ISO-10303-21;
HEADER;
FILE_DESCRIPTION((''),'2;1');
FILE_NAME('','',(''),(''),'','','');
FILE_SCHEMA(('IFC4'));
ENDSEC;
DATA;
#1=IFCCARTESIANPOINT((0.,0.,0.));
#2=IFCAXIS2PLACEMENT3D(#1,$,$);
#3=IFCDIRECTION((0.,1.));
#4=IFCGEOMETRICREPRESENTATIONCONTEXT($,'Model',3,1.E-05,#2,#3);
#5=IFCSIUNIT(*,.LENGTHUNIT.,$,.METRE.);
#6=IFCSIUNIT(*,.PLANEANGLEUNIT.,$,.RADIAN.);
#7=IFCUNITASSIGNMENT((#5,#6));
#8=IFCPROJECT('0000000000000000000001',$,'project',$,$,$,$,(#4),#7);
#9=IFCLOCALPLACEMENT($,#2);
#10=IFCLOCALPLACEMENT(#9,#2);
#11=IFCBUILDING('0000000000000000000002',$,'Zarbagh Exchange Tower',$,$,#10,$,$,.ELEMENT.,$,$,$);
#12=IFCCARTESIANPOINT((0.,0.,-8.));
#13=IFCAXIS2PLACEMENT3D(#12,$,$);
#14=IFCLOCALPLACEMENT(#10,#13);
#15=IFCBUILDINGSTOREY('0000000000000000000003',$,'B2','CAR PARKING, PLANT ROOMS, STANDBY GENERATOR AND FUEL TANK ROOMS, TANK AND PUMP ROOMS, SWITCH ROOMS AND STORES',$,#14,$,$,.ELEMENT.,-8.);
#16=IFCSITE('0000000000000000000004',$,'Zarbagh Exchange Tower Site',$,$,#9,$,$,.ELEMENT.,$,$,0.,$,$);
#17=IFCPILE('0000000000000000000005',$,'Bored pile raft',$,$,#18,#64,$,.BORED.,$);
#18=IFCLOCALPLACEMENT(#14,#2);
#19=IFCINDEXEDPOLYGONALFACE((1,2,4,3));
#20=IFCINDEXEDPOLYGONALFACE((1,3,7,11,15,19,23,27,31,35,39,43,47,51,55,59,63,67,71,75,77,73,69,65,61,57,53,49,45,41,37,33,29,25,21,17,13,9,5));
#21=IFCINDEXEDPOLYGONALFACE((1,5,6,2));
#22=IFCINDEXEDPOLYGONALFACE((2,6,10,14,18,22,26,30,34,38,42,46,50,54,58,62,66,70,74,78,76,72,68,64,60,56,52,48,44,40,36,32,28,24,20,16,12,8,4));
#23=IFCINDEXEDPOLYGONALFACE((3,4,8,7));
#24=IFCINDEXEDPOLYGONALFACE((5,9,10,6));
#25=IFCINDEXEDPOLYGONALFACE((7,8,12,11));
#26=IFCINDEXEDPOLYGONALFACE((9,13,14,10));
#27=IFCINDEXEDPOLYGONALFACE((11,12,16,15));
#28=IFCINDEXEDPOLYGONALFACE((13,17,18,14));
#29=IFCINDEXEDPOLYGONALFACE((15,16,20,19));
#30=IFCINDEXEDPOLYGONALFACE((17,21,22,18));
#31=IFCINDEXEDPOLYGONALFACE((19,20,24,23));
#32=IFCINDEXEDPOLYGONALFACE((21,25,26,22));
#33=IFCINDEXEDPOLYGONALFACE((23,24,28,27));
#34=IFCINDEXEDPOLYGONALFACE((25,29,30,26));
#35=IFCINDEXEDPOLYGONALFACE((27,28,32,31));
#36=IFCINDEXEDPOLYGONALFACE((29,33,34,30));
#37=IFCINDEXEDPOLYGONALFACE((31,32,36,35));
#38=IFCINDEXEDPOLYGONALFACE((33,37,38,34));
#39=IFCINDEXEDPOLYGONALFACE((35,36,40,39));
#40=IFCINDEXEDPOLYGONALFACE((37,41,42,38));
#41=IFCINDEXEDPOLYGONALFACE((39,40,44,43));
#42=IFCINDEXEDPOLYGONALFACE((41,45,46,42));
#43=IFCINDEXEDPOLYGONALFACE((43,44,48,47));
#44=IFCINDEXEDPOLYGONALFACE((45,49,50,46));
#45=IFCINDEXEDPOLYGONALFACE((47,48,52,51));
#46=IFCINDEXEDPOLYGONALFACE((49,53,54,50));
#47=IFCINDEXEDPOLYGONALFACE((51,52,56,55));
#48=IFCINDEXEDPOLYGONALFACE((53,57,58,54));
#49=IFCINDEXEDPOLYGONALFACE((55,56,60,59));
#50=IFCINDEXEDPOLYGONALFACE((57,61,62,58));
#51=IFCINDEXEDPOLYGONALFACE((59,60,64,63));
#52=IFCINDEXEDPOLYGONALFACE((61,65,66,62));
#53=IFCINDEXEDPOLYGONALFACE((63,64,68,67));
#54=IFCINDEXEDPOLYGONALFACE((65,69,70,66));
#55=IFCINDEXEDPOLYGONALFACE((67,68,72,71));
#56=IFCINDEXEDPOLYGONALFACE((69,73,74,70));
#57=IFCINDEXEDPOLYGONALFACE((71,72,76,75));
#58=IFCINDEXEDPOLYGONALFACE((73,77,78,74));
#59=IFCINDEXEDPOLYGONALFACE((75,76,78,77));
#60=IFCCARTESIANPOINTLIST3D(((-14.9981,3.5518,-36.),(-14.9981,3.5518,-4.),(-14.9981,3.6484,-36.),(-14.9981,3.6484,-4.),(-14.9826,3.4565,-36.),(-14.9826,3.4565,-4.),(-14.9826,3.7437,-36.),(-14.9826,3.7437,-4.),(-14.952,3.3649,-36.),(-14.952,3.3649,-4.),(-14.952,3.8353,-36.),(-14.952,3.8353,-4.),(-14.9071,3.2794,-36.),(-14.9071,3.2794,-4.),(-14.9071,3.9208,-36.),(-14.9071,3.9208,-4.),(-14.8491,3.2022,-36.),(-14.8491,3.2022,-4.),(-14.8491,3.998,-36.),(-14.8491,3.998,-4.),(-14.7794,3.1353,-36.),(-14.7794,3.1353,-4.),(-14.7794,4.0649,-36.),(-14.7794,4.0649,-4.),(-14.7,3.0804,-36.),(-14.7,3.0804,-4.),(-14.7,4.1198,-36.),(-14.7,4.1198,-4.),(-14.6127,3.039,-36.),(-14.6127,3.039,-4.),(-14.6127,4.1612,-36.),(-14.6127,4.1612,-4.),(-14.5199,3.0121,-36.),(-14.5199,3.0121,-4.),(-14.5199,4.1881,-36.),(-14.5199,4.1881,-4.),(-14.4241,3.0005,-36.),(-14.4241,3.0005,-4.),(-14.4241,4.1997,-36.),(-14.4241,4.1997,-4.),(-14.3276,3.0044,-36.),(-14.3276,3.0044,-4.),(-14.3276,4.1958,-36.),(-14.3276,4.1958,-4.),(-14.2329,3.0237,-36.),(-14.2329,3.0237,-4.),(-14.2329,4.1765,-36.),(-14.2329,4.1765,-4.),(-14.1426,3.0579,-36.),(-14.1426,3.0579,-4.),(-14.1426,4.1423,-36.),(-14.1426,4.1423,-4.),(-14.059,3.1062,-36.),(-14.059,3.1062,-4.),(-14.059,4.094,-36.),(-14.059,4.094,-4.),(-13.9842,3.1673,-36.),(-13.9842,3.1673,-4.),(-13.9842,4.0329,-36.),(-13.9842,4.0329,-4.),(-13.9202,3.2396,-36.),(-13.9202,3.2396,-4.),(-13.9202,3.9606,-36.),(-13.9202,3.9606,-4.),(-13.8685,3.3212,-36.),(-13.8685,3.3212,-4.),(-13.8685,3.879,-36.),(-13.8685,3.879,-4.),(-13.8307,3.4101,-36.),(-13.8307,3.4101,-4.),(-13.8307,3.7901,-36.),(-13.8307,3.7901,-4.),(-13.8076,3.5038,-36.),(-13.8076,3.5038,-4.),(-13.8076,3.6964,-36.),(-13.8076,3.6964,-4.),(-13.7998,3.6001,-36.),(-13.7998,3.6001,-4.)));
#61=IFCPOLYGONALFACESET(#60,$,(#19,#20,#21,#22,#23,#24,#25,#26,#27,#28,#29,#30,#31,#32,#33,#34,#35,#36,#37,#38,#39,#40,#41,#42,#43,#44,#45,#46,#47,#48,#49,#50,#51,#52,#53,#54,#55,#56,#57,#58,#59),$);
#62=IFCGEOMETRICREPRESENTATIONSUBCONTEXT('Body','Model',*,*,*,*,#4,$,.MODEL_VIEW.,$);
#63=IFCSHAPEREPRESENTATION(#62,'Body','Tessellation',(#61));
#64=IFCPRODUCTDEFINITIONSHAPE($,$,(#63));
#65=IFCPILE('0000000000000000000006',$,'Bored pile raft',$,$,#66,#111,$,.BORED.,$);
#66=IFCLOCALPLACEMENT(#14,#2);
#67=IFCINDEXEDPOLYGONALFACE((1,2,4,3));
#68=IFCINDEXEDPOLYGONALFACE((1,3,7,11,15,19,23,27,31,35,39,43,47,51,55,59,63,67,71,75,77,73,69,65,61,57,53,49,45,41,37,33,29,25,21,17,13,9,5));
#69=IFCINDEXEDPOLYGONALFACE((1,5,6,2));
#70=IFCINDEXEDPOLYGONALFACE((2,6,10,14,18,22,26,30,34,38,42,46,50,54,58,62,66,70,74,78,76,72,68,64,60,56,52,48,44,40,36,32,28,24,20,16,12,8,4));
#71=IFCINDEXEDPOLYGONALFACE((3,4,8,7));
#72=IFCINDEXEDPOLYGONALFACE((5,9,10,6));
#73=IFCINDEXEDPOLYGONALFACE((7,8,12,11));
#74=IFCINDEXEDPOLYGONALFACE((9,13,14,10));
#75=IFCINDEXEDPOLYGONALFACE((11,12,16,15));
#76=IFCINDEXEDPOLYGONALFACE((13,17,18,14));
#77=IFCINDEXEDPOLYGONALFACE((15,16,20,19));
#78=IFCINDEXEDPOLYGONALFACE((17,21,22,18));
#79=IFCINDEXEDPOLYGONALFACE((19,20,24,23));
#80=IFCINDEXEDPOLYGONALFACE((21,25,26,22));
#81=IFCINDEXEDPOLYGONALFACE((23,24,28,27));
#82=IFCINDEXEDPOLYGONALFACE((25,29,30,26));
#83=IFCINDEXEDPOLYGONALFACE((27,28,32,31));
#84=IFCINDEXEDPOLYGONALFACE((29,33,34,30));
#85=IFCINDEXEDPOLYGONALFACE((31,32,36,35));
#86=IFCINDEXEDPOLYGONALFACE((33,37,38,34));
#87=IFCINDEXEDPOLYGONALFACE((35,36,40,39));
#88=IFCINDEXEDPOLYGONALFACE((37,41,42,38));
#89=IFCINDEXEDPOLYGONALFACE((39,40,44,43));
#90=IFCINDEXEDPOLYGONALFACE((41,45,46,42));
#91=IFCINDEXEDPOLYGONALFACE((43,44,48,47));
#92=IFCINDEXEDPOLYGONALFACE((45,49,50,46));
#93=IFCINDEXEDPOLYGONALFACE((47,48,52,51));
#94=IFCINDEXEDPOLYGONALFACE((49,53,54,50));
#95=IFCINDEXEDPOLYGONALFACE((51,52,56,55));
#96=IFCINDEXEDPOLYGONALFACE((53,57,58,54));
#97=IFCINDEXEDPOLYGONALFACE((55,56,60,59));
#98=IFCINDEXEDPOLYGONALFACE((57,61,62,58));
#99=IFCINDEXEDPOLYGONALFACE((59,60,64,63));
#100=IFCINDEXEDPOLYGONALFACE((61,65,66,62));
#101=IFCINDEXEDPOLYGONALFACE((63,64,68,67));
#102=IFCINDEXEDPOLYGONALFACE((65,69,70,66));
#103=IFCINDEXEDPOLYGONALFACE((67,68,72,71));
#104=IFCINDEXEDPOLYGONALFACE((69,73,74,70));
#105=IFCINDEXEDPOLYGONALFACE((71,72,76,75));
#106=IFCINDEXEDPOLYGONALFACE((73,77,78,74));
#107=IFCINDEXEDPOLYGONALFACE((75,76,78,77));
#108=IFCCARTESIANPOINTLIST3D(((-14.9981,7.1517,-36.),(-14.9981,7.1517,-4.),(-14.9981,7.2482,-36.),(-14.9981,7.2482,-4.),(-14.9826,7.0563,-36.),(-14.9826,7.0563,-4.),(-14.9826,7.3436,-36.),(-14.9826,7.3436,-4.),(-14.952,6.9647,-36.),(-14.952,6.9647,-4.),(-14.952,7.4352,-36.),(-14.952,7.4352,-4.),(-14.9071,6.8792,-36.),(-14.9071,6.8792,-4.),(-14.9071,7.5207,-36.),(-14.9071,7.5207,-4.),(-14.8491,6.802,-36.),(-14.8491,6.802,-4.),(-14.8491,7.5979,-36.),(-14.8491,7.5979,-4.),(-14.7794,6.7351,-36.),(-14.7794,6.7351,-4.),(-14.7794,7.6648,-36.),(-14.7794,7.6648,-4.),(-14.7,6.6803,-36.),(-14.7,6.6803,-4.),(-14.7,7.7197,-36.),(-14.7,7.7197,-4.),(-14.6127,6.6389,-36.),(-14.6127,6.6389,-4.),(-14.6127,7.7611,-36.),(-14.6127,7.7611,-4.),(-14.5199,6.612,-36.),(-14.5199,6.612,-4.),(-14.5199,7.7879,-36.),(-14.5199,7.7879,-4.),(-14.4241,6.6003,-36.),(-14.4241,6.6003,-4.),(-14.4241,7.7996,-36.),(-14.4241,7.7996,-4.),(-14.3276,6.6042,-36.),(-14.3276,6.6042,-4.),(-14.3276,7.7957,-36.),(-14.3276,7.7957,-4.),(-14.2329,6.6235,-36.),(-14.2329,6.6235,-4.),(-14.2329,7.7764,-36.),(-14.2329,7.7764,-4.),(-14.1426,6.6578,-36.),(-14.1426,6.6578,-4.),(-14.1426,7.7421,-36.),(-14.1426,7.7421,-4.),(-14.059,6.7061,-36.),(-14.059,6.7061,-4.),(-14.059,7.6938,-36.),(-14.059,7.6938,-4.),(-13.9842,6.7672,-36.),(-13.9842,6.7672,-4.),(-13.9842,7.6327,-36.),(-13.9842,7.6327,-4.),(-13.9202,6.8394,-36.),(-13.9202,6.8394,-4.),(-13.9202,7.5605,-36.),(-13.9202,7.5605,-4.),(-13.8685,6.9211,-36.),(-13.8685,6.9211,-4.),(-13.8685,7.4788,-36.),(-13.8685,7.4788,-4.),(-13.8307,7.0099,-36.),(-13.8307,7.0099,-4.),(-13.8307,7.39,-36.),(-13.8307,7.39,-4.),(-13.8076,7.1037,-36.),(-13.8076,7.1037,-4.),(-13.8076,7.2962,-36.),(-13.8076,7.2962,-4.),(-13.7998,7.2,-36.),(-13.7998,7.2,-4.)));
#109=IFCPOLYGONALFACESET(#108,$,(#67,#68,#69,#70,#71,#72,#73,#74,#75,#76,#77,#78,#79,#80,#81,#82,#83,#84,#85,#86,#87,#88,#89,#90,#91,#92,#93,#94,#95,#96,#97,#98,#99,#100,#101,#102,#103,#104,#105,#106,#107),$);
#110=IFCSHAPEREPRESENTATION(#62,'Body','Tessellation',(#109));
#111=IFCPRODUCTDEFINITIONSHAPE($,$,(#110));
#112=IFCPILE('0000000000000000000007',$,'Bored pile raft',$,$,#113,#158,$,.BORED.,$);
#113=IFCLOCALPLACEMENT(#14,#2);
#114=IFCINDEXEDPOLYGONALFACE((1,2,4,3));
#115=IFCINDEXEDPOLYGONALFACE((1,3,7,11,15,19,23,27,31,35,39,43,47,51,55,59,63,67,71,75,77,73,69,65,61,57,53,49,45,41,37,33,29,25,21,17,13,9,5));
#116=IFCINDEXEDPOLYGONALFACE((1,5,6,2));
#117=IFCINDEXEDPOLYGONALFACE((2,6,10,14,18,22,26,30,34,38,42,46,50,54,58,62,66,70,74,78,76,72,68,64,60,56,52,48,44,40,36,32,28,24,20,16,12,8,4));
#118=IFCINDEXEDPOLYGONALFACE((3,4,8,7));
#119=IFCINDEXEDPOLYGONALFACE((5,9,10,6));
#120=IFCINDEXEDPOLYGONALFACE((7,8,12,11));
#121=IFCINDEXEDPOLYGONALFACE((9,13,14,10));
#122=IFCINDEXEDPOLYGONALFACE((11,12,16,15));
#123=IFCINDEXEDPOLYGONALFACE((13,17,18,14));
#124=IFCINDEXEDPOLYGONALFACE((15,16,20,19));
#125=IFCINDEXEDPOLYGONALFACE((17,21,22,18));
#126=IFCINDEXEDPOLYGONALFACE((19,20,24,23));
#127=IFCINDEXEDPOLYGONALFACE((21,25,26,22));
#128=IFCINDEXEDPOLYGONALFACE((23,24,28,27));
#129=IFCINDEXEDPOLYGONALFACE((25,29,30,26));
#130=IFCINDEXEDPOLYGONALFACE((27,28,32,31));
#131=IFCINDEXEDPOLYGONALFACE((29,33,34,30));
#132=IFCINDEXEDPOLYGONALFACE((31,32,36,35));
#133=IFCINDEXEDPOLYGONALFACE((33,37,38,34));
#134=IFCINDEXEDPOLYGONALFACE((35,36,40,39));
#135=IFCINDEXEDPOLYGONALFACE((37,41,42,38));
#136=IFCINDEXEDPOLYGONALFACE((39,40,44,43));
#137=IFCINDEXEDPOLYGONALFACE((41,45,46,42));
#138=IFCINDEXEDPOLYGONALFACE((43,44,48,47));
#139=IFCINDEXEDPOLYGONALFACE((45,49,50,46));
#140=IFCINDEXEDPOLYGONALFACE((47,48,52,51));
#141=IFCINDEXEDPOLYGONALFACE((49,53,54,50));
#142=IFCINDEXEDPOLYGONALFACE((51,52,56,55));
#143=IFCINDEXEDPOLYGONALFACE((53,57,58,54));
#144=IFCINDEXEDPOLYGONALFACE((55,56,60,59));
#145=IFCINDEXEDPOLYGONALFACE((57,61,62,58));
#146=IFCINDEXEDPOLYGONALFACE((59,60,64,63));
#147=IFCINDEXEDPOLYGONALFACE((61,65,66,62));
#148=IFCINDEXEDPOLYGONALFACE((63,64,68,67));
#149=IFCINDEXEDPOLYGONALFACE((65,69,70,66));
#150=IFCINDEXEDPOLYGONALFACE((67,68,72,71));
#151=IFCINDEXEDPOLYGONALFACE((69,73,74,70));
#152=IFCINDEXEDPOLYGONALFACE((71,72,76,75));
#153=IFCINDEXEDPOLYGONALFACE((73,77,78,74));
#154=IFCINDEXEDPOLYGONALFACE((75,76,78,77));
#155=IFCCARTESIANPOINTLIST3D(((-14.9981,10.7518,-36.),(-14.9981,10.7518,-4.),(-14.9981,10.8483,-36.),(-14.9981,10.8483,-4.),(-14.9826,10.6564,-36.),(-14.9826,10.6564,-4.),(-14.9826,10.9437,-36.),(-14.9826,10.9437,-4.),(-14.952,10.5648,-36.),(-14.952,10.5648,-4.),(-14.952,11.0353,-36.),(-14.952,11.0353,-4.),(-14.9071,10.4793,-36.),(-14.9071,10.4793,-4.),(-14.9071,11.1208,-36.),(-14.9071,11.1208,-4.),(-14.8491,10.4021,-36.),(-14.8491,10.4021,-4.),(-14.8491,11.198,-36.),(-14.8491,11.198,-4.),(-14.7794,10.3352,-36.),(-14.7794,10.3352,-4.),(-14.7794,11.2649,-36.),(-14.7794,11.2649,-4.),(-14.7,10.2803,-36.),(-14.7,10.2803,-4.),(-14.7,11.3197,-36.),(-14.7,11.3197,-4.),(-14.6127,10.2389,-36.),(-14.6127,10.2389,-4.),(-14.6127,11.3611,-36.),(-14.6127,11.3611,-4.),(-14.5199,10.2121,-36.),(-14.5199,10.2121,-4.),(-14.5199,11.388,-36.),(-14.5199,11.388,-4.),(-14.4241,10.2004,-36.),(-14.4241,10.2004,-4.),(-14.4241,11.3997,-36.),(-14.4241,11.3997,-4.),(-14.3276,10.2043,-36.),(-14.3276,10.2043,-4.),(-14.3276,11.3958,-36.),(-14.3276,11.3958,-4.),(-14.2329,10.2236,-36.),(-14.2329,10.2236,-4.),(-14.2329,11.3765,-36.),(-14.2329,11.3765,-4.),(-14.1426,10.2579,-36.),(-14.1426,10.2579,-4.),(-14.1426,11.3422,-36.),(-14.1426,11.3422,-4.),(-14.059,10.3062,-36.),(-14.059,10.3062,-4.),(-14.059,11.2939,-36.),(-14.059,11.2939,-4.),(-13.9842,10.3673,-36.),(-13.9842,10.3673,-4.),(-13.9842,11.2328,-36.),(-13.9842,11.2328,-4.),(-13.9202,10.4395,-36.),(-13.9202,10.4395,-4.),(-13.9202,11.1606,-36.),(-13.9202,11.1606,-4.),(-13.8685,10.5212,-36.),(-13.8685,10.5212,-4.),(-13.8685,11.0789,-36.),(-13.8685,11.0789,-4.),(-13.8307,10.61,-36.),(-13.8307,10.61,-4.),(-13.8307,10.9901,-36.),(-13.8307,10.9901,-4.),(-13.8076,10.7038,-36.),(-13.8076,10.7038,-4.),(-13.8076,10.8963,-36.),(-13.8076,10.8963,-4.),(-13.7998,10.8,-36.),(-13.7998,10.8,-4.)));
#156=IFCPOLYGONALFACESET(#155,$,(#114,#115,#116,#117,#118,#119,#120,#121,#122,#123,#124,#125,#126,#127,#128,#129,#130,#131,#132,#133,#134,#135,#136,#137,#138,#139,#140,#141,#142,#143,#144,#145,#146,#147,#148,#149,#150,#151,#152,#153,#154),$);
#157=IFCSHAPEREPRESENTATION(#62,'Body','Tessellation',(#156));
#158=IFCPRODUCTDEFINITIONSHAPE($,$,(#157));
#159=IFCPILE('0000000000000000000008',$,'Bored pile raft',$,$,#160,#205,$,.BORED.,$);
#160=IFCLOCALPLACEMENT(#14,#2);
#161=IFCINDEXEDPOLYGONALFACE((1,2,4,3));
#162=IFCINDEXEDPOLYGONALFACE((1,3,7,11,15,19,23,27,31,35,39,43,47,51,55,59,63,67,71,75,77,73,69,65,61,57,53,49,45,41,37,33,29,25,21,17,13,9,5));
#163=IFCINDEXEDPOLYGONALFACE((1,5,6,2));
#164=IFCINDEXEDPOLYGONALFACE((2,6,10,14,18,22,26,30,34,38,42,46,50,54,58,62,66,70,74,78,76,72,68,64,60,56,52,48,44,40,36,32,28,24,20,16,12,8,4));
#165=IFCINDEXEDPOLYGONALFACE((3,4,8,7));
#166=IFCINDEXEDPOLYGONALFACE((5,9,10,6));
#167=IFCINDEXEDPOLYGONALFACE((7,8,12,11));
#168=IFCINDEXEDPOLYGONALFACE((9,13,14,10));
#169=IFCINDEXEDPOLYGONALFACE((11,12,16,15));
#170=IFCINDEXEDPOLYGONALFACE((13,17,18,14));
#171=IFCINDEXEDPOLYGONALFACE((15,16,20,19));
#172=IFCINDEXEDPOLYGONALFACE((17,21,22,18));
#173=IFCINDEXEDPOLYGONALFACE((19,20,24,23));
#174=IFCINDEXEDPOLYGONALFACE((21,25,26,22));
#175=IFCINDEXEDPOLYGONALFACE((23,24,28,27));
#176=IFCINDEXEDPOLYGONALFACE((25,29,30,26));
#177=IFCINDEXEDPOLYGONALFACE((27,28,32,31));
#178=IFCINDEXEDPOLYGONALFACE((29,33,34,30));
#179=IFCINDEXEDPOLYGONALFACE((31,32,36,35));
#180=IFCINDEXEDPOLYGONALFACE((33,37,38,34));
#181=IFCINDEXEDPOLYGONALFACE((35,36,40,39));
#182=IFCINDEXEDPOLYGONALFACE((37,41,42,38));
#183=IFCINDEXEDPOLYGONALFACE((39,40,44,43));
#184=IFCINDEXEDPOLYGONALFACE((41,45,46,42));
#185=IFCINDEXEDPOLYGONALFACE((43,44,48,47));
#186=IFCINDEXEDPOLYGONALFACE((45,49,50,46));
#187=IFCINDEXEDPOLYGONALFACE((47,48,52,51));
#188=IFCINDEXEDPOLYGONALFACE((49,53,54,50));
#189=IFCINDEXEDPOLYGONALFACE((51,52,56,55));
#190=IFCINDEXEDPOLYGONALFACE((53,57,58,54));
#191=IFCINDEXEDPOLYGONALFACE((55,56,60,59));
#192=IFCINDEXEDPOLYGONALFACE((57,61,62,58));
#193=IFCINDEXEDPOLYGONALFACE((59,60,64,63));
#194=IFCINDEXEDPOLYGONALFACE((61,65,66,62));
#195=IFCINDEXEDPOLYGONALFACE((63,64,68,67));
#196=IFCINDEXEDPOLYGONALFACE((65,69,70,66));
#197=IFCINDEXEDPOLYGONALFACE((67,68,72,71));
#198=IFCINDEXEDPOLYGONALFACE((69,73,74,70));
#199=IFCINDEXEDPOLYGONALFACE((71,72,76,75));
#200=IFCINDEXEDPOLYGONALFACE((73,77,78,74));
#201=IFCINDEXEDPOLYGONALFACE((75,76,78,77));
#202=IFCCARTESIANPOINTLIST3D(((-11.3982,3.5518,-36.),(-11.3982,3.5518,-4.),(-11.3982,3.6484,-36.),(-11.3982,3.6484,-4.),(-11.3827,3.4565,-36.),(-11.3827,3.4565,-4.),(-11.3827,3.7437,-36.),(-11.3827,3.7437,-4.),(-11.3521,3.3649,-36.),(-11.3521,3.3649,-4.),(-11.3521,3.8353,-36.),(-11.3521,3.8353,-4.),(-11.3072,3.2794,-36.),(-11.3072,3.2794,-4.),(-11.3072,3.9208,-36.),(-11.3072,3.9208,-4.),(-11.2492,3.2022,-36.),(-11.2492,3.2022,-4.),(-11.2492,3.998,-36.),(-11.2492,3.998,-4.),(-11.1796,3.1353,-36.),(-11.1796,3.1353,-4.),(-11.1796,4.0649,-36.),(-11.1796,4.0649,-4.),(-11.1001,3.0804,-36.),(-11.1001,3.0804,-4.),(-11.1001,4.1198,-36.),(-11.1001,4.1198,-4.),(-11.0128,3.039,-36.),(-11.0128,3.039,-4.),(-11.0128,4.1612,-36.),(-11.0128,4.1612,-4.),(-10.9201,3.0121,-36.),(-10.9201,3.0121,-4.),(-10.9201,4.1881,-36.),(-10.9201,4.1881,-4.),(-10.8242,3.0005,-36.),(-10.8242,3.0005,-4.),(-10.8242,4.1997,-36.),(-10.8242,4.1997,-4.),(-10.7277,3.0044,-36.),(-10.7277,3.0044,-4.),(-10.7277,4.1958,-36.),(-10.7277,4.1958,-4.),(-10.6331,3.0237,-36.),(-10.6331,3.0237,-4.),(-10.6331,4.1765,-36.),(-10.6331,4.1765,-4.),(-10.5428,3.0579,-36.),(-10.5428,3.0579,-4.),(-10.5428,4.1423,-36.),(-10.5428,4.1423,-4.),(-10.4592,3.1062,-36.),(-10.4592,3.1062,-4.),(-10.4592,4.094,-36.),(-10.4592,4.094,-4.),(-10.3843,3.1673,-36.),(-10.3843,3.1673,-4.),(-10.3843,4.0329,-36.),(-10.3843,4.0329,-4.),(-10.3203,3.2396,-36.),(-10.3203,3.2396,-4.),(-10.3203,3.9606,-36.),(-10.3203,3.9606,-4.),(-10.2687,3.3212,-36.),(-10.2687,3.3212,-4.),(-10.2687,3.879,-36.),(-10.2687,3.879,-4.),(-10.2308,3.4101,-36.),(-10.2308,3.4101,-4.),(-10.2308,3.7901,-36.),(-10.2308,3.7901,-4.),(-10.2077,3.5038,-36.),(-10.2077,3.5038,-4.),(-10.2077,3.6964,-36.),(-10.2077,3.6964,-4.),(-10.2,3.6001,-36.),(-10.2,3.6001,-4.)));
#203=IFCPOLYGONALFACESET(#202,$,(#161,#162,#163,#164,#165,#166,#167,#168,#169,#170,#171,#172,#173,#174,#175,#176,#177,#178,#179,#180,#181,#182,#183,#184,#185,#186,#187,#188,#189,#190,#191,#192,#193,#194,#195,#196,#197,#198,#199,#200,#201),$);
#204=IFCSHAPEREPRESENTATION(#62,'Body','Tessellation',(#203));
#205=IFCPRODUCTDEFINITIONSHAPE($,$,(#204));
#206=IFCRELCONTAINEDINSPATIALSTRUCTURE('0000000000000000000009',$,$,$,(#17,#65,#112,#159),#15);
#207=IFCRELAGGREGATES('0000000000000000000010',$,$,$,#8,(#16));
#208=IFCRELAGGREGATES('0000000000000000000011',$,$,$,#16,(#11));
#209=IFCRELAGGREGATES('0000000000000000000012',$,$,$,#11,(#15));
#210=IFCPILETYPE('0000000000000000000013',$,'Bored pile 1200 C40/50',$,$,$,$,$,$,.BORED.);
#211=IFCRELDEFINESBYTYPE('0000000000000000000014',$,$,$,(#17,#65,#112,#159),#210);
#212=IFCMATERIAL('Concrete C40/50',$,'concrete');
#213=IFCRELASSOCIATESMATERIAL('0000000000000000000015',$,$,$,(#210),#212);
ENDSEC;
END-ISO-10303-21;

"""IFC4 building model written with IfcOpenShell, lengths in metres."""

from ifc_helpers import new_model, si_unit, direction, frame, origin, origin_2d, place, context, subcontext, project, spatial, circle, extrude, material, material_profile, profile_set, type_object, element, save


model = new_model("IFC4")

# Units and contexts
model_context = context("Model", 3, precision=1e-05, world=origin(), true_north=direction((0.0, 1.0)))
body_context = subcontext(model_context, "Body", "Model", "MODEL_VIEW")
ifc_project = project(units=[si_unit("LENGTHUNIT", "METRE"), si_unit("PLANEANGLEUNIT", "RADIAN")], contexts=[model_context])

# Site, building, storey
site_placement = place(None, origin())
site = spatial("IfcSite", under=ifc_project, at=site_placement, Name="Zarbagh Exchange Tower Site", CompositionType="ELEMENT", RefElevation=0.0)
building_placement = place(site_placement, origin())
building = spatial("IfcBuilding", under=site, at=building_placement, Name="Zarbagh Exchange Tower", CompositionType="ELEMENT")
storey_placement = place(building_placement, frame((0.0, 0.0, -8.0)))
storey = spatial("IfcBuildingStorey", under=building, at=storey_placement, Name="B2", Description="CAR PARKING, PLANT ROOMS, STANDBY GENERATOR AND FUEL TANK ROOMS, TANK AND PUMP ROOMS, SWITCH ROOMS AND STORES", CompositionType="ELEMENT", Elevation=-8.0)

# Piles
ifc_material_1 = material(Name="Concrete C40/50", Category="concrete")
ifc_material_profile_1 = material_profile(ifc_material_1, circle(Radius=0.6001, at=origin_2d()), Name="Bored pile 1200 C40/50")
ifc_profile_set_1 = profile_set([ifc_material_profile_1], Name="Concrete C40/50")
pile_type = type_object("IfcPileType", Name="Bored pile 1200 C40/50", PredefinedType="BORED", material=ifc_profile_set_1)
for number, where, z_axis, x_axis, name in (
    (1, (-14.3999, 3.6001, -4.0), (0.0, 0.0, -1.0), (1.0, 0.0, 0.0), "Bored pile raft"),
    (2, (-14.3999, 7.2, -4.0), (0.0, 0.0, -1.0), (1.0, 0.0, 0.0), "Bored pile raft"),
    (3, (-14.3999, 10.8, -4.0), (0.0, 0.0, -1.0), (1.0, 0.0, 0.0), "Bored pile raft"),
    (4, (-10.8, 3.6001, -4.0), (0.0, 0.0, -1.0), (1.0, 0.0, 0.0), "Bored pile raft"),
):
    element("IfcPile", number, at=place(storey_placement, frame(where, z_axis=z_axis, x_axis=x_axis)), inside=storey, type_object=pile_type, Name=name, PredefinedType="BORED", context=body_context, shape_type="SweptSolid", body=[
        extrude(circle(Radius=0.6001, at=origin_2d()), origin(), (0.0, 0.0, 1.0), 32.0),
    ])

save(model, "model.ifc")
